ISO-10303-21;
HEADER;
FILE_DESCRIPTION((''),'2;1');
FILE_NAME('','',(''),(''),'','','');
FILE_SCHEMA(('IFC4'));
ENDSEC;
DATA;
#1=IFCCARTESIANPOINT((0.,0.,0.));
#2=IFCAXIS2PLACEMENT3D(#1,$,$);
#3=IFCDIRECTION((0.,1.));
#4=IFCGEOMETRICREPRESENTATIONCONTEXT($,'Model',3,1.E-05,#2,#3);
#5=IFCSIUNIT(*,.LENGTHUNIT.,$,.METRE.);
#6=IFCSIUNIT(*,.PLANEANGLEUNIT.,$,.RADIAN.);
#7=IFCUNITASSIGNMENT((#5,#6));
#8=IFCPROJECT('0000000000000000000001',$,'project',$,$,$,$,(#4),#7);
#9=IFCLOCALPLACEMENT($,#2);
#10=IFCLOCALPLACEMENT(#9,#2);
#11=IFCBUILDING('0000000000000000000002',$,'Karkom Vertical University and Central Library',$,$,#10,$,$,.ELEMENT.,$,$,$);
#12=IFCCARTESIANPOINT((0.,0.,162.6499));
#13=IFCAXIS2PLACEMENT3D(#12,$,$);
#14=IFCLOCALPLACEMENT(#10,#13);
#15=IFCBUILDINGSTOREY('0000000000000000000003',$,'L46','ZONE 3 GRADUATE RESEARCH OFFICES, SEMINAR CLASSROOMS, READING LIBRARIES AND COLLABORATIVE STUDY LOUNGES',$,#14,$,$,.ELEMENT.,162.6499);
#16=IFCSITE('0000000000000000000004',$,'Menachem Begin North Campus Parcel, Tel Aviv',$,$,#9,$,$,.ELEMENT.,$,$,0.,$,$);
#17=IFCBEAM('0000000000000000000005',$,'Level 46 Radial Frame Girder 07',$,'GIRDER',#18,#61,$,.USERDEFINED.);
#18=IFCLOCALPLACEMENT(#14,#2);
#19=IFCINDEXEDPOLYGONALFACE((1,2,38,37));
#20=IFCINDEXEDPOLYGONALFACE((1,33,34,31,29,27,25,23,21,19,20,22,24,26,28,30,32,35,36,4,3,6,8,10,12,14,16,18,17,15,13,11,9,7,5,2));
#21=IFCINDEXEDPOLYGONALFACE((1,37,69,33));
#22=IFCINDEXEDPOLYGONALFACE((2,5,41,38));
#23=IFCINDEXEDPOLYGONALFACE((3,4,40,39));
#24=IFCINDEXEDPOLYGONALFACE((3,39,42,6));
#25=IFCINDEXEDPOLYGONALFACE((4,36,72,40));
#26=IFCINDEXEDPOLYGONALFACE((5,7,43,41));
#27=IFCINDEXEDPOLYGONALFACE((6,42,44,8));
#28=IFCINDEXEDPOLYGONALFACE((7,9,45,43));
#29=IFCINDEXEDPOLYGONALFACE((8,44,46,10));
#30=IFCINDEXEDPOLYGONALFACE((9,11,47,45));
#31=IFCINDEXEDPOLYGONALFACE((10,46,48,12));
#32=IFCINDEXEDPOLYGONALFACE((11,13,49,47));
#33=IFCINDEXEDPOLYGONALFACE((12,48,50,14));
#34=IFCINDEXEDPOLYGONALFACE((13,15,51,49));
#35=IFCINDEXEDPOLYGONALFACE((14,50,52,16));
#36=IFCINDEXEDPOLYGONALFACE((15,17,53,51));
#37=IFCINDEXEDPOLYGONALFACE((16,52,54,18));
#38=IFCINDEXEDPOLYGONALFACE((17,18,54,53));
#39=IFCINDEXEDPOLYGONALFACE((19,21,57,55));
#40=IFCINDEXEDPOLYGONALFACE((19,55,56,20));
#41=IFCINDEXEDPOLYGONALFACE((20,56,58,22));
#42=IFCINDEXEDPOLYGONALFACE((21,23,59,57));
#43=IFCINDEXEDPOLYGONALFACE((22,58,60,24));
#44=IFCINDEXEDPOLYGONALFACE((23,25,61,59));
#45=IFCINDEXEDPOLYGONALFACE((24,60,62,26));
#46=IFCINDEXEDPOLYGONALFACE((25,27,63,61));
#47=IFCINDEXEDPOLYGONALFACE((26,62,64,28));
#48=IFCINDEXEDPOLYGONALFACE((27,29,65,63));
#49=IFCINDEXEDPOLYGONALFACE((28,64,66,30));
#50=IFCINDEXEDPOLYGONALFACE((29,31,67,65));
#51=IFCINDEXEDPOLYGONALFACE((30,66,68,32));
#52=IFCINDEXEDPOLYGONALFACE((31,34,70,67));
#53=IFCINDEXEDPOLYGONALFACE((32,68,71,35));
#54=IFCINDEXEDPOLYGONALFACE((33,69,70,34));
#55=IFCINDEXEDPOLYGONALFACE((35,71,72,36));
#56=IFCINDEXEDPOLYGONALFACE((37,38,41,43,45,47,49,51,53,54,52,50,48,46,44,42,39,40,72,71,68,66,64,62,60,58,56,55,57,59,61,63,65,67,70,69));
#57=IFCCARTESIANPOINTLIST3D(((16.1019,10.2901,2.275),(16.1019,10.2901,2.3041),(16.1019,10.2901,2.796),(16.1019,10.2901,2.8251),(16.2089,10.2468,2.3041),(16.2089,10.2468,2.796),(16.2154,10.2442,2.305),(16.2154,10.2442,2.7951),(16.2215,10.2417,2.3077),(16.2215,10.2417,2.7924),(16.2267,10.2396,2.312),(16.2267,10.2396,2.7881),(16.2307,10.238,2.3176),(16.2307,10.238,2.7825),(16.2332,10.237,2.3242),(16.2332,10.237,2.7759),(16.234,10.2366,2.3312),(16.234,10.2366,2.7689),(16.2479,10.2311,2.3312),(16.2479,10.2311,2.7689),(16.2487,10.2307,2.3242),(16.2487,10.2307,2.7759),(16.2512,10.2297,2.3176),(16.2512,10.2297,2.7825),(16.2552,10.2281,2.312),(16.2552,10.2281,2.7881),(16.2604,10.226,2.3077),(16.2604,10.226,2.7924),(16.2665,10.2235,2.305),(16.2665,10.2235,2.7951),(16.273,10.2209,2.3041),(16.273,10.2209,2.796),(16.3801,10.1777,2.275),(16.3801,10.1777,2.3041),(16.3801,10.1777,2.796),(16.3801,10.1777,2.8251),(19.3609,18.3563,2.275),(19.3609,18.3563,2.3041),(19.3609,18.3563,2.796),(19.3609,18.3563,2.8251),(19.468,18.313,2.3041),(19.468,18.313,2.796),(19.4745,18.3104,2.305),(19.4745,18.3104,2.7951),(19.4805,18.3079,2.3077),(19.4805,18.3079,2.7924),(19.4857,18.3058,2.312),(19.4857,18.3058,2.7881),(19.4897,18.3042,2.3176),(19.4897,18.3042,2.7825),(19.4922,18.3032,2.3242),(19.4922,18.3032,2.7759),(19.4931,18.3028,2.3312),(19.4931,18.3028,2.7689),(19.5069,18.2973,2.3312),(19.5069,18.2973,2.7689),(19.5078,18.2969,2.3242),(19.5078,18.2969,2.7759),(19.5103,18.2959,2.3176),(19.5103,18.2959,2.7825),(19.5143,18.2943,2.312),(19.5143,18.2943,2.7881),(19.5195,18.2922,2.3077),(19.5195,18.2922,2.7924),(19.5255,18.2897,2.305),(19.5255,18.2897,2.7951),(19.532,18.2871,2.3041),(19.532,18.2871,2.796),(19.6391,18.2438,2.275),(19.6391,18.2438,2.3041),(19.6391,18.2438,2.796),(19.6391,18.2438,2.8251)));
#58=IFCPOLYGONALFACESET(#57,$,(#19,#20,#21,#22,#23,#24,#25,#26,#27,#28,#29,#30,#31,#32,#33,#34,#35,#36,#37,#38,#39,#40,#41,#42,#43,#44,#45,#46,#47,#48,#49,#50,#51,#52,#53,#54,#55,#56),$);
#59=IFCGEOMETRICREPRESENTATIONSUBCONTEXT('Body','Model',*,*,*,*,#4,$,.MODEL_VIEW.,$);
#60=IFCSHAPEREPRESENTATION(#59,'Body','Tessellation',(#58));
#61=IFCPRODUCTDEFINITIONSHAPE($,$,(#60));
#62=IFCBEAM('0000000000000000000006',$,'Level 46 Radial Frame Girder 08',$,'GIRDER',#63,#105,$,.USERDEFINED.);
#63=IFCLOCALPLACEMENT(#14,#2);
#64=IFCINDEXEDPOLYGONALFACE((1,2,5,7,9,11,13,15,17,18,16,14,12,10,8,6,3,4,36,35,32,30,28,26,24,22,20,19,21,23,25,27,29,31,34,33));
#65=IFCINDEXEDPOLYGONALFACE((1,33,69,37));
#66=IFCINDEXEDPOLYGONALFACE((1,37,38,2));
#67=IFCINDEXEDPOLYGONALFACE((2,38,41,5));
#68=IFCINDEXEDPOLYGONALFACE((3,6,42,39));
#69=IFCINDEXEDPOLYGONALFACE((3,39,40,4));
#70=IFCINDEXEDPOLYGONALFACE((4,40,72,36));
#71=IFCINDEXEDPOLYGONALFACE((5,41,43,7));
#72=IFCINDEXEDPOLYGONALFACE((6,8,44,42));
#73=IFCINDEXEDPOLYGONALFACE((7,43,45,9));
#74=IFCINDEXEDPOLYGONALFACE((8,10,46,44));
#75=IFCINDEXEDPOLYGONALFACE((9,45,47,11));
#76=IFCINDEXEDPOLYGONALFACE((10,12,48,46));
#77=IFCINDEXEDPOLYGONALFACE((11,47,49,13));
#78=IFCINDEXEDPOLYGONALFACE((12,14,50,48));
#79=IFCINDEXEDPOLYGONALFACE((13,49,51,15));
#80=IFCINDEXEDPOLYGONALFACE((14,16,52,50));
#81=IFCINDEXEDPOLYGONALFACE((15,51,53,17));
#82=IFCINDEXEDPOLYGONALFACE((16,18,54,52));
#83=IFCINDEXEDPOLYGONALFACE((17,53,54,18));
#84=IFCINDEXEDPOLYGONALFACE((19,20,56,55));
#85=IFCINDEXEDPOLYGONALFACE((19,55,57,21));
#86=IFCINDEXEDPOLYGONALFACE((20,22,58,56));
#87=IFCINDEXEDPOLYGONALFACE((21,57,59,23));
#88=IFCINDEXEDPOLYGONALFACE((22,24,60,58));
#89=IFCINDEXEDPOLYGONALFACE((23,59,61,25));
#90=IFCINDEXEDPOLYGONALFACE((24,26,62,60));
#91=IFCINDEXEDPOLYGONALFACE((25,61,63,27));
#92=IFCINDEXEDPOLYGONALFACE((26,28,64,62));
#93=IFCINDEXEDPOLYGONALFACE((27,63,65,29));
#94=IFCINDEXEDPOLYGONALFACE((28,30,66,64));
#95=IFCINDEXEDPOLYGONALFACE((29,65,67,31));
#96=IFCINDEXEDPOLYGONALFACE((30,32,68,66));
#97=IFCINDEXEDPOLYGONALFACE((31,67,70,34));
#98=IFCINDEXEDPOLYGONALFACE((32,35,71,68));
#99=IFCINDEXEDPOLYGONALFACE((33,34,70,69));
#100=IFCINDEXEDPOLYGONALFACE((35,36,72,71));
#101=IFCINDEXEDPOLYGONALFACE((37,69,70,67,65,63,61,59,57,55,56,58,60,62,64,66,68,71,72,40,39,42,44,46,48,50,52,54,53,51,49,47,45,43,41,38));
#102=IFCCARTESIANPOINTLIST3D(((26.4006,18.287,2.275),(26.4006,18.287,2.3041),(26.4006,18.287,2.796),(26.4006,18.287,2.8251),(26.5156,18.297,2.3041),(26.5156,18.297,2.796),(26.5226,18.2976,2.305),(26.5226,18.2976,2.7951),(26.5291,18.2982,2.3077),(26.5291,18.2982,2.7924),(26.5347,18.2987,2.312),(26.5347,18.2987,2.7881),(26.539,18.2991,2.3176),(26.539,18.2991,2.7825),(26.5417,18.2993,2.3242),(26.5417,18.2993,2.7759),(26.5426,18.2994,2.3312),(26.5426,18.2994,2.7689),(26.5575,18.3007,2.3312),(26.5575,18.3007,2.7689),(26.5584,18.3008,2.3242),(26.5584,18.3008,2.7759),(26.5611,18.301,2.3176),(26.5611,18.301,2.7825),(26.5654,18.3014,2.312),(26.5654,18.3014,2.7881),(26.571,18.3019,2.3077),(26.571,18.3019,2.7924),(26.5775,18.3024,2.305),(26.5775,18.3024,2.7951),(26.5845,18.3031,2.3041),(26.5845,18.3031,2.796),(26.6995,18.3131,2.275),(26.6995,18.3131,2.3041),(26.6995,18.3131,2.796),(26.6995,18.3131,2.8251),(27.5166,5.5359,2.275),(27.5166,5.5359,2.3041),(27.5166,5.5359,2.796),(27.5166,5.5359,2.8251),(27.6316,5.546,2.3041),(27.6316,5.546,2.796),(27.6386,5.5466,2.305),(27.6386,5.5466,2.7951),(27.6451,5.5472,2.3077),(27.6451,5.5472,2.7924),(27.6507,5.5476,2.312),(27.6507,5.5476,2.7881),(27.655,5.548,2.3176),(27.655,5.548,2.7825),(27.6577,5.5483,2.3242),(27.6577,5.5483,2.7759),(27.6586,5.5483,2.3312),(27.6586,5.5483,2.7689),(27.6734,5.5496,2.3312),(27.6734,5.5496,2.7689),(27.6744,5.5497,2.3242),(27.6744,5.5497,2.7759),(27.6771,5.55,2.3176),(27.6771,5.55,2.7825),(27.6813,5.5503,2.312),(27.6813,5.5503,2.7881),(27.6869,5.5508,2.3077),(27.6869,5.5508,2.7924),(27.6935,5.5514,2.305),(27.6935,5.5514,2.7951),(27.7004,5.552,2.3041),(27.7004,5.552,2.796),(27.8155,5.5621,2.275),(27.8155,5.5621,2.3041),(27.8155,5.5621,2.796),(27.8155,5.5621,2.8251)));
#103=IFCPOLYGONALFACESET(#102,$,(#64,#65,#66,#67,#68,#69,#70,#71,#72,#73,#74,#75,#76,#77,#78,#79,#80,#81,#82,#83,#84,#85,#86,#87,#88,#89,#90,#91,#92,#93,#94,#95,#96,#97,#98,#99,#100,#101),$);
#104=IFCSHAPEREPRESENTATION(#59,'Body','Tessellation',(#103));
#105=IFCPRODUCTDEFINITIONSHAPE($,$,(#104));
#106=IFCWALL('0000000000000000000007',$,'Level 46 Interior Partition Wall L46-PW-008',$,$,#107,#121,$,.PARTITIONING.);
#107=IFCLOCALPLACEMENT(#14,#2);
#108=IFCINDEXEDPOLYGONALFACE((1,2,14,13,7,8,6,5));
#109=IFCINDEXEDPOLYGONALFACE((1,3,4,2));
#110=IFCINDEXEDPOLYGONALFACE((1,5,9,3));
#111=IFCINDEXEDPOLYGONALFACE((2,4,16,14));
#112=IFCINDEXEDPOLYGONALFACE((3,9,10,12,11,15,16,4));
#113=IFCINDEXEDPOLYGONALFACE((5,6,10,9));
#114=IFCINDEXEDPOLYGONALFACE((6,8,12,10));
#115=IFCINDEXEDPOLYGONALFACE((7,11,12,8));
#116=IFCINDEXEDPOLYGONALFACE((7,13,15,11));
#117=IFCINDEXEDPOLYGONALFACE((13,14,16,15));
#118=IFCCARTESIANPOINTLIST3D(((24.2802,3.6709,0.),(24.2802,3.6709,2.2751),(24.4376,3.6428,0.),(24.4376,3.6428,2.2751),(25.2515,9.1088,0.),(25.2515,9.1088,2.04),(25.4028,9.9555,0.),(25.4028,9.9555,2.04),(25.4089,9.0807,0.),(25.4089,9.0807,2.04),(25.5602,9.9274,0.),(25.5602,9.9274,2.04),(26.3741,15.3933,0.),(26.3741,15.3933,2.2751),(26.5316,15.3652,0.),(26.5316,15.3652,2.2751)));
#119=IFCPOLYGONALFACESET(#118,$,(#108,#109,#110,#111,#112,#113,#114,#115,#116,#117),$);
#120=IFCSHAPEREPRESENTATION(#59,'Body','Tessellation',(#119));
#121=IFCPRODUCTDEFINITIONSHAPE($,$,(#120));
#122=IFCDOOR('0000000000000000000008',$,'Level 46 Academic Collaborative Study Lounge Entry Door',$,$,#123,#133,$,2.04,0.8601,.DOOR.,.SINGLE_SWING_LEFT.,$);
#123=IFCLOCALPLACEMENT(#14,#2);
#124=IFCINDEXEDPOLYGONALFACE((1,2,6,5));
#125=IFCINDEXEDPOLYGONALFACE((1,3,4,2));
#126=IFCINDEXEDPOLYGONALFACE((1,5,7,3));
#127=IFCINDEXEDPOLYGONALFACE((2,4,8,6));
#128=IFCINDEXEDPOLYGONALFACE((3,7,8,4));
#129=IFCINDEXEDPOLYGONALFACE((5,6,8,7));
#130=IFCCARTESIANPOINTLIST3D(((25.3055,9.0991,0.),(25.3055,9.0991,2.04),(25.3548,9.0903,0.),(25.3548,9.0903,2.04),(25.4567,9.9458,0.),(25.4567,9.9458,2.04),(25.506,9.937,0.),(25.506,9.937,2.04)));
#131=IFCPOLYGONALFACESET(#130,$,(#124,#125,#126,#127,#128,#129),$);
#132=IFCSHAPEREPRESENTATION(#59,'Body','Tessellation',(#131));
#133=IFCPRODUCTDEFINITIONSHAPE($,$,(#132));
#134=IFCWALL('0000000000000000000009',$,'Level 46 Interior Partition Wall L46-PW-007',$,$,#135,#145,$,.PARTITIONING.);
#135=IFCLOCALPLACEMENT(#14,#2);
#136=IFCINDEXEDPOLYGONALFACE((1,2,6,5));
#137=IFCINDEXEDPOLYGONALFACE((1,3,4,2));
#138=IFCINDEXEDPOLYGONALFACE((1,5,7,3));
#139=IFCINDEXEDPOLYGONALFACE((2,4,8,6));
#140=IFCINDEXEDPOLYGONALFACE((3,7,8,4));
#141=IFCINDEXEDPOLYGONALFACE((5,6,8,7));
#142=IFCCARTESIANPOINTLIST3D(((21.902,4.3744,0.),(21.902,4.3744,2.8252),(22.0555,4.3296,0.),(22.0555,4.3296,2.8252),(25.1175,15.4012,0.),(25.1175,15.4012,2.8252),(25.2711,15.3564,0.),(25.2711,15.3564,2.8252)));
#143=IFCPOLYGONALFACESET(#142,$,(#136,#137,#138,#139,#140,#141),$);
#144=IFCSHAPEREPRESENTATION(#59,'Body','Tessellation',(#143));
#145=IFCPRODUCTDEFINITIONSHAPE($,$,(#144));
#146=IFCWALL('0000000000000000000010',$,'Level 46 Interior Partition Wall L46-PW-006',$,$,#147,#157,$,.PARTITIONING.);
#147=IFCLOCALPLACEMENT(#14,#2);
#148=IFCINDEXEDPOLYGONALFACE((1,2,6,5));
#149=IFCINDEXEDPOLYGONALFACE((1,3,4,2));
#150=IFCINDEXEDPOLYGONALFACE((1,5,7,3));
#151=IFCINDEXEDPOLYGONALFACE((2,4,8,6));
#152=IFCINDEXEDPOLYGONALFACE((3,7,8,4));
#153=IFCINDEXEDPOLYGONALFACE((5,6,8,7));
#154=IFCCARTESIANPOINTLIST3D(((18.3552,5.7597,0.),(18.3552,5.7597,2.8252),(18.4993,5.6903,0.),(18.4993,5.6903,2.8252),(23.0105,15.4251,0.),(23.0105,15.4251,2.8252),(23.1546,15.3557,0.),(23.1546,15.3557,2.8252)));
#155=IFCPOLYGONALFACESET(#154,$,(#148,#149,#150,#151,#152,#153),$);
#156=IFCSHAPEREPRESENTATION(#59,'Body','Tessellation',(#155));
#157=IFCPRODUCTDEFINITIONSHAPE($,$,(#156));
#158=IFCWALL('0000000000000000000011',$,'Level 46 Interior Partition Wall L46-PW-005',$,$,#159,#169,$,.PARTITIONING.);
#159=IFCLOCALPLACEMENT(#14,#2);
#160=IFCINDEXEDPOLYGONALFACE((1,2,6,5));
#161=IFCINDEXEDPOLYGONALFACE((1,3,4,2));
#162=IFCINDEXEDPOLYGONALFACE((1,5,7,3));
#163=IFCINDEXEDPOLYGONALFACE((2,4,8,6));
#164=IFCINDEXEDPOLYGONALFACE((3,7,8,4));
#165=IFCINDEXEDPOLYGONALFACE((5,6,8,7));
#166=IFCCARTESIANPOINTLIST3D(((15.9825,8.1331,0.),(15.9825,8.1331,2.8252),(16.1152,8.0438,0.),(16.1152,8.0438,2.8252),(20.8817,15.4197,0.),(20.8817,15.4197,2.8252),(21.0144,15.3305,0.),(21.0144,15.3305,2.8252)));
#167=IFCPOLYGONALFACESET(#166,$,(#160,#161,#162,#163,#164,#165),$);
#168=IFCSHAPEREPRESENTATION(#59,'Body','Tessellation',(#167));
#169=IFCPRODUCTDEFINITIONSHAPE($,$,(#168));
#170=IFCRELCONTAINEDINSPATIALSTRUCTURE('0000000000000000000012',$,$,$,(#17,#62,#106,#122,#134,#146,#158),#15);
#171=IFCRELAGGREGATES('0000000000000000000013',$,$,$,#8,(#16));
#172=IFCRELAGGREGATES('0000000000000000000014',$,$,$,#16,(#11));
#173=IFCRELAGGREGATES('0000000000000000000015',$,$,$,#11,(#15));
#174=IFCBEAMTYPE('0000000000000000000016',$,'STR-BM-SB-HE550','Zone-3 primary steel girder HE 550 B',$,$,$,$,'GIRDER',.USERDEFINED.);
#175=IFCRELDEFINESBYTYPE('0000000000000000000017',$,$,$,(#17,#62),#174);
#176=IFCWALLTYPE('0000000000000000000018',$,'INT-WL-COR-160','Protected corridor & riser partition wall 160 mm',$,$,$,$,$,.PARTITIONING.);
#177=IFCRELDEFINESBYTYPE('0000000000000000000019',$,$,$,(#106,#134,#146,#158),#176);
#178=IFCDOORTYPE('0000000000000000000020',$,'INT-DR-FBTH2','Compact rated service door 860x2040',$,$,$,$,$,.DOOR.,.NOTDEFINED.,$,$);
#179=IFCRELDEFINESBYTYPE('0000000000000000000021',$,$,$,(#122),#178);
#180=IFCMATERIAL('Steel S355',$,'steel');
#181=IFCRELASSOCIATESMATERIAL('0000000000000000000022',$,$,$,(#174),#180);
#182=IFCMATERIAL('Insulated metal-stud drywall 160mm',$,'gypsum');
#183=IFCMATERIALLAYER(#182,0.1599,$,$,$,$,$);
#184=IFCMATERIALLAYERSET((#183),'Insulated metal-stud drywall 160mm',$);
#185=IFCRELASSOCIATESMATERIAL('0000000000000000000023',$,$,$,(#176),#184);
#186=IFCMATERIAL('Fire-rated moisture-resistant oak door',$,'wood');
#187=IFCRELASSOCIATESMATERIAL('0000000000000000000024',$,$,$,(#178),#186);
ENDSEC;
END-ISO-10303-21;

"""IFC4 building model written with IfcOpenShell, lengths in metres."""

from ifc_helpers import new_model, si_unit, direction, frame, frame_2d, origin, origin_with_axes, origin_2d, place, context, subcontext, project, spatial, rectangle, i_section, extrude, source, transform, mapped, material, layer, layer_set, material_profile, profile_set, type_object, element, fill, save


model = new_model("IFC4")

# Units and contexts
model_context = context("Model", 3, precision=1e-05, world=origin(), true_north=direction((0.0, 1.0)))
body_context = subcontext(model_context, "Body", "Model", "MODEL_VIEW")
ifc_project = project(units=[si_unit("LENGTHUNIT", "METRE"), si_unit("PLANEANGLEUNIT", "RADIAN")], contexts=[model_context])

# Site, building, storey
site_placement = place(None, origin())
site = spatial("IfcSite", under=ifc_project, at=site_placement, Name="Menachem Begin North Campus Parcel, Tel Aviv", CompositionType="ELEMENT", RefElevation=0.0)
building_placement = place(site_placement, origin())
building = spatial("IfcBuilding", under=site, at=building_placement, Name="Karkom Vertical University and Central Library", CompositionType="ELEMENT")
storey_placement = place(building_placement, frame((0.0, 0.0, 162.6499)))
storey = spatial("IfcBuildingStorey", under=building, at=storey_placement, Name="L46", Description="ZONE 3 GRADUATE RESEARCH OFFICES, SEMINAR CLASSROOMS, READING LIBRARIES AND COLLABORATIVE STUDY LOUNGES", CompositionType="ELEMENT", Elevation=162.6499)

# Beams
ifc_material_1 = material(Name="Steel S355", Category="steel")
ifc_material_profile_1 = material_profile(ifc_material_1, i_section(OverallWidth=0.3, OverallDepth=0.55, WebThickness=0.0149, FlangeThickness=0.0291, FilletRadius=0.0271, at=origin_2d()), Name="HE 550 B")
ifc_profile_set_1 = profile_set([ifc_material_profile_1], Name="Steel S355")
beam_type_1 = type_object("IfcBeamType", Name="STR-BM-SB-HE550", Description="Zone-3 primary steel girder HE 550 B", ElementType="GIRDER", PredefinedType="USERDEFINED", material=ifc_profile_set_1)
shared_shape_1 = source(origin_with_axes(), body_context, "Body", "SweptSolid", [
    extrude(i_section(OverallWidth=0.3, OverallDepth=0.55, WebThickness=0.0149, FlangeThickness=0.0291, FilletRadius=0.0271, at=origin_2d()), origin(), (0.0, 0.0, 1.0), 8.6997),
])
beam_1_placement = place(storey_placement, frame((19.5, 18.3, 2.55), z_axis=(-0.374616, -0.92718, 0.0), x_axis=(0.92718, -0.374616, 0.0)))
element("IfcBeam", 1, at=beam_1_placement, inside=storey, type_object=beam_type_1, Name="Level 46 Radial Frame Girder 07", ObjectType="GIRDER", PredefinedType="USERDEFINED", context=body_context, shape_type="MappedRepresentation", body=[
    mapped(shared_shape_1, transform((0.0, 0.0, 0.0), scale=1.0)),
])
shared_shape_2 = source(origin_with_axes(), body_context, "Body", "SweptSolid", [
    extrude(i_section(OverallWidth=0.3, OverallDepth=0.55, WebThickness=0.0149, FlangeThickness=0.0291, FilletRadius=0.0271, at=origin_2d()), origin(), (0.0, 0.0, 1.0), 12.7998),
])
beam_2_placement = place(storey_placement, frame((26.55, 18.3, 2.55), z_axis=(0.087187, -0.996192, 0.0), x_axis=(0.996192, 0.087187, 0.0)))
element("IfcBeam", 2, at=beam_2_placement, inside=storey, type_object=beam_type_1, Name="Level 46 Radial Frame Girder 08", ObjectType="GIRDER", PredefinedType="USERDEFINED", context=body_context, shape_type="MappedRepresentation", body=[
    mapped(shared_shape_2, transform((0.0, 0.0, 0.0), scale=1.0)),
])

# Wall, opening, door
ifc_material_2 = material(Name="Insulated metal-stud drywall 160mm", Category="gypsum")
ifc_layer_1 = layer(ifc_material_2, 0.1599)
ifc_layer_set_1 = layer_set([ifc_layer_1], Name="Insulated metal-stud drywall 160mm")
wall_type_1 = type_object("IfcWallType", Name="INT-WL-COR-160", Description="Protected corridor & riser partition wall 160 mm", PredefinedType="PARTITIONING", material=ifc_layer_set_1)
wall_1_placement = place(storey_placement, frame((26.4529, 15.3794, 0.0), z_axis=(0.0, 0.0, 1.0), x_axis=(-0.175848, -0.984417, 0.0)))
wall_1 = element("IfcWall", 3, at=wall_1_placement, inside=storey, type_object=wall_type_1, Name="Level 46 Interior Partition Wall L46-PW-008", PredefinedType="PARTITIONING", context=body_context, shape_type="SweptSolid", body=[
    extrude(rectangle(XDim=11.908, YDim=0.1599, at=frame_2d((5.9541, 0.0))), origin(), (0.0, 0.0, 1.0), 2.2751),
])
opening_1_placement = place(wall_1_placement, frame((5.5239, 0.0, 0.0)))
opening_1 = element("IfcOpeningElement", 4, at=opening_1_placement, cuts=wall_1, PredefinedType="OPENING", context=body_context, shape_type="SweptSolid", body=[
    extrude(rectangle(XDim=0.8601, YDim=2.04, at=frame_2d((0.4302, 1.02))), frame((0.0, 0.0898, 0.0), z_axis=(0.0, -1.0, 0.0), x_axis=(1.0, 0.0, 0.0)), (0.0, 0.0, 1.0), 0.1799),
])
ifc_material_3 = material(Name="Fire-rated moisture-resistant oak door", Category="wood")
door_type_1 = type_object("IfcDoorType", Name="INT-DR-FBTH2", Description="Compact rated service door 860x2040", OperationType="NOTDEFINED", PredefinedType="DOOR", material=ifc_material_3)
shared_shape_3 = source(origin_with_axes(), body_context, "Body", "SweptSolid", [
    extrude(rectangle(XDim=0.8601, YDim=2.04, at=frame_2d((0.4302, 1.02))), frame((0.0, 0.0249, 0.0), z_axis=(0.0, -1.0, 0.0), x_axis=(1.0, 0.0, 0.0)), (0.0, 0.0, 1.0), 0.05),
])
door_1_placement = place(opening_1_placement, origin())
door_1 = element("IfcDoor", 5, at=door_1_placement, inside=storey, type_object=door_type_1, Name="Level 46 Academic Collaborative Study Lounge Entry Door", OperationType="SINGLE_SWING_LEFT", OverallHeight=2.04, OverallWidth=0.8601, PredefinedType="DOOR", context=body_context, shape_type="MappedRepresentation", body=[
    mapped(shared_shape_3, transform((0.0, 0.0, 0.0), scale=1.0)),
])
fill(opening_1, door_1)

# Walls
wall_2_placement = place(storey_placement, frame((25.1943, 15.3789, 0.0), z_axis=(0.0, 0.0, 1.0), x_axis=(-0.279953, -0.960014, 0.0)))
element("IfcWall", 6, at=wall_2_placement, inside=storey, type_object=wall_type_1, Name="Level 46 Interior Partition Wall L46-PW-007", PredefinedType="PARTITIONING", context=body_context, shape_type="SweptSolid", body=[
    extrude(rectangle(XDim=11.4861, YDim=0.1599, at=frame_2d((5.7432, 0.0))), origin(), (0.0, 0.0, 1.0), 2.8252),
])
wall_3_placement = place(storey_placement, frame((23.0825, 15.3904, 0.0), z_axis=(0.0, 0.0, 1.0), x_axis=(-0.433938, -0.900943, 0.0)))
element("IfcWall", 7, at=wall_3_placement, inside=storey, type_object=wall_type_1, Name="Level 46 Interior Partition Wall L46-PW-006", PredefinedType="PARTITIONING", context=body_context, shape_type="SweptSolid", body=[
    extrude(rectangle(XDim=10.728, YDim=0.1599, at=frame_2d((5.364, 0.0))), origin(), (0.0, 0.0, 1.0), 2.8252),
])
wall_4_placement = place(storey_placement, frame((20.948, 15.375, 0.0), z_axis=(0.0, 0.0, 1.0), x_axis=(-0.557962, -0.829867, 0.0)))
element("IfcWall", 8, at=wall_4_placement, inside=storey, type_object=wall_type_1, Name="Level 46 Interior Partition Wall L46-PW-005", PredefinedType="PARTITIONING", context=body_context, shape_type="SweptSolid", body=[
    extrude(rectangle(XDim=8.7805, YDim=0.1599, at=frame_2d((4.3901, 0.0))), origin(), (0.0, 0.0, 1.0), 2.8252),
])

save(model, "model.ifc")
